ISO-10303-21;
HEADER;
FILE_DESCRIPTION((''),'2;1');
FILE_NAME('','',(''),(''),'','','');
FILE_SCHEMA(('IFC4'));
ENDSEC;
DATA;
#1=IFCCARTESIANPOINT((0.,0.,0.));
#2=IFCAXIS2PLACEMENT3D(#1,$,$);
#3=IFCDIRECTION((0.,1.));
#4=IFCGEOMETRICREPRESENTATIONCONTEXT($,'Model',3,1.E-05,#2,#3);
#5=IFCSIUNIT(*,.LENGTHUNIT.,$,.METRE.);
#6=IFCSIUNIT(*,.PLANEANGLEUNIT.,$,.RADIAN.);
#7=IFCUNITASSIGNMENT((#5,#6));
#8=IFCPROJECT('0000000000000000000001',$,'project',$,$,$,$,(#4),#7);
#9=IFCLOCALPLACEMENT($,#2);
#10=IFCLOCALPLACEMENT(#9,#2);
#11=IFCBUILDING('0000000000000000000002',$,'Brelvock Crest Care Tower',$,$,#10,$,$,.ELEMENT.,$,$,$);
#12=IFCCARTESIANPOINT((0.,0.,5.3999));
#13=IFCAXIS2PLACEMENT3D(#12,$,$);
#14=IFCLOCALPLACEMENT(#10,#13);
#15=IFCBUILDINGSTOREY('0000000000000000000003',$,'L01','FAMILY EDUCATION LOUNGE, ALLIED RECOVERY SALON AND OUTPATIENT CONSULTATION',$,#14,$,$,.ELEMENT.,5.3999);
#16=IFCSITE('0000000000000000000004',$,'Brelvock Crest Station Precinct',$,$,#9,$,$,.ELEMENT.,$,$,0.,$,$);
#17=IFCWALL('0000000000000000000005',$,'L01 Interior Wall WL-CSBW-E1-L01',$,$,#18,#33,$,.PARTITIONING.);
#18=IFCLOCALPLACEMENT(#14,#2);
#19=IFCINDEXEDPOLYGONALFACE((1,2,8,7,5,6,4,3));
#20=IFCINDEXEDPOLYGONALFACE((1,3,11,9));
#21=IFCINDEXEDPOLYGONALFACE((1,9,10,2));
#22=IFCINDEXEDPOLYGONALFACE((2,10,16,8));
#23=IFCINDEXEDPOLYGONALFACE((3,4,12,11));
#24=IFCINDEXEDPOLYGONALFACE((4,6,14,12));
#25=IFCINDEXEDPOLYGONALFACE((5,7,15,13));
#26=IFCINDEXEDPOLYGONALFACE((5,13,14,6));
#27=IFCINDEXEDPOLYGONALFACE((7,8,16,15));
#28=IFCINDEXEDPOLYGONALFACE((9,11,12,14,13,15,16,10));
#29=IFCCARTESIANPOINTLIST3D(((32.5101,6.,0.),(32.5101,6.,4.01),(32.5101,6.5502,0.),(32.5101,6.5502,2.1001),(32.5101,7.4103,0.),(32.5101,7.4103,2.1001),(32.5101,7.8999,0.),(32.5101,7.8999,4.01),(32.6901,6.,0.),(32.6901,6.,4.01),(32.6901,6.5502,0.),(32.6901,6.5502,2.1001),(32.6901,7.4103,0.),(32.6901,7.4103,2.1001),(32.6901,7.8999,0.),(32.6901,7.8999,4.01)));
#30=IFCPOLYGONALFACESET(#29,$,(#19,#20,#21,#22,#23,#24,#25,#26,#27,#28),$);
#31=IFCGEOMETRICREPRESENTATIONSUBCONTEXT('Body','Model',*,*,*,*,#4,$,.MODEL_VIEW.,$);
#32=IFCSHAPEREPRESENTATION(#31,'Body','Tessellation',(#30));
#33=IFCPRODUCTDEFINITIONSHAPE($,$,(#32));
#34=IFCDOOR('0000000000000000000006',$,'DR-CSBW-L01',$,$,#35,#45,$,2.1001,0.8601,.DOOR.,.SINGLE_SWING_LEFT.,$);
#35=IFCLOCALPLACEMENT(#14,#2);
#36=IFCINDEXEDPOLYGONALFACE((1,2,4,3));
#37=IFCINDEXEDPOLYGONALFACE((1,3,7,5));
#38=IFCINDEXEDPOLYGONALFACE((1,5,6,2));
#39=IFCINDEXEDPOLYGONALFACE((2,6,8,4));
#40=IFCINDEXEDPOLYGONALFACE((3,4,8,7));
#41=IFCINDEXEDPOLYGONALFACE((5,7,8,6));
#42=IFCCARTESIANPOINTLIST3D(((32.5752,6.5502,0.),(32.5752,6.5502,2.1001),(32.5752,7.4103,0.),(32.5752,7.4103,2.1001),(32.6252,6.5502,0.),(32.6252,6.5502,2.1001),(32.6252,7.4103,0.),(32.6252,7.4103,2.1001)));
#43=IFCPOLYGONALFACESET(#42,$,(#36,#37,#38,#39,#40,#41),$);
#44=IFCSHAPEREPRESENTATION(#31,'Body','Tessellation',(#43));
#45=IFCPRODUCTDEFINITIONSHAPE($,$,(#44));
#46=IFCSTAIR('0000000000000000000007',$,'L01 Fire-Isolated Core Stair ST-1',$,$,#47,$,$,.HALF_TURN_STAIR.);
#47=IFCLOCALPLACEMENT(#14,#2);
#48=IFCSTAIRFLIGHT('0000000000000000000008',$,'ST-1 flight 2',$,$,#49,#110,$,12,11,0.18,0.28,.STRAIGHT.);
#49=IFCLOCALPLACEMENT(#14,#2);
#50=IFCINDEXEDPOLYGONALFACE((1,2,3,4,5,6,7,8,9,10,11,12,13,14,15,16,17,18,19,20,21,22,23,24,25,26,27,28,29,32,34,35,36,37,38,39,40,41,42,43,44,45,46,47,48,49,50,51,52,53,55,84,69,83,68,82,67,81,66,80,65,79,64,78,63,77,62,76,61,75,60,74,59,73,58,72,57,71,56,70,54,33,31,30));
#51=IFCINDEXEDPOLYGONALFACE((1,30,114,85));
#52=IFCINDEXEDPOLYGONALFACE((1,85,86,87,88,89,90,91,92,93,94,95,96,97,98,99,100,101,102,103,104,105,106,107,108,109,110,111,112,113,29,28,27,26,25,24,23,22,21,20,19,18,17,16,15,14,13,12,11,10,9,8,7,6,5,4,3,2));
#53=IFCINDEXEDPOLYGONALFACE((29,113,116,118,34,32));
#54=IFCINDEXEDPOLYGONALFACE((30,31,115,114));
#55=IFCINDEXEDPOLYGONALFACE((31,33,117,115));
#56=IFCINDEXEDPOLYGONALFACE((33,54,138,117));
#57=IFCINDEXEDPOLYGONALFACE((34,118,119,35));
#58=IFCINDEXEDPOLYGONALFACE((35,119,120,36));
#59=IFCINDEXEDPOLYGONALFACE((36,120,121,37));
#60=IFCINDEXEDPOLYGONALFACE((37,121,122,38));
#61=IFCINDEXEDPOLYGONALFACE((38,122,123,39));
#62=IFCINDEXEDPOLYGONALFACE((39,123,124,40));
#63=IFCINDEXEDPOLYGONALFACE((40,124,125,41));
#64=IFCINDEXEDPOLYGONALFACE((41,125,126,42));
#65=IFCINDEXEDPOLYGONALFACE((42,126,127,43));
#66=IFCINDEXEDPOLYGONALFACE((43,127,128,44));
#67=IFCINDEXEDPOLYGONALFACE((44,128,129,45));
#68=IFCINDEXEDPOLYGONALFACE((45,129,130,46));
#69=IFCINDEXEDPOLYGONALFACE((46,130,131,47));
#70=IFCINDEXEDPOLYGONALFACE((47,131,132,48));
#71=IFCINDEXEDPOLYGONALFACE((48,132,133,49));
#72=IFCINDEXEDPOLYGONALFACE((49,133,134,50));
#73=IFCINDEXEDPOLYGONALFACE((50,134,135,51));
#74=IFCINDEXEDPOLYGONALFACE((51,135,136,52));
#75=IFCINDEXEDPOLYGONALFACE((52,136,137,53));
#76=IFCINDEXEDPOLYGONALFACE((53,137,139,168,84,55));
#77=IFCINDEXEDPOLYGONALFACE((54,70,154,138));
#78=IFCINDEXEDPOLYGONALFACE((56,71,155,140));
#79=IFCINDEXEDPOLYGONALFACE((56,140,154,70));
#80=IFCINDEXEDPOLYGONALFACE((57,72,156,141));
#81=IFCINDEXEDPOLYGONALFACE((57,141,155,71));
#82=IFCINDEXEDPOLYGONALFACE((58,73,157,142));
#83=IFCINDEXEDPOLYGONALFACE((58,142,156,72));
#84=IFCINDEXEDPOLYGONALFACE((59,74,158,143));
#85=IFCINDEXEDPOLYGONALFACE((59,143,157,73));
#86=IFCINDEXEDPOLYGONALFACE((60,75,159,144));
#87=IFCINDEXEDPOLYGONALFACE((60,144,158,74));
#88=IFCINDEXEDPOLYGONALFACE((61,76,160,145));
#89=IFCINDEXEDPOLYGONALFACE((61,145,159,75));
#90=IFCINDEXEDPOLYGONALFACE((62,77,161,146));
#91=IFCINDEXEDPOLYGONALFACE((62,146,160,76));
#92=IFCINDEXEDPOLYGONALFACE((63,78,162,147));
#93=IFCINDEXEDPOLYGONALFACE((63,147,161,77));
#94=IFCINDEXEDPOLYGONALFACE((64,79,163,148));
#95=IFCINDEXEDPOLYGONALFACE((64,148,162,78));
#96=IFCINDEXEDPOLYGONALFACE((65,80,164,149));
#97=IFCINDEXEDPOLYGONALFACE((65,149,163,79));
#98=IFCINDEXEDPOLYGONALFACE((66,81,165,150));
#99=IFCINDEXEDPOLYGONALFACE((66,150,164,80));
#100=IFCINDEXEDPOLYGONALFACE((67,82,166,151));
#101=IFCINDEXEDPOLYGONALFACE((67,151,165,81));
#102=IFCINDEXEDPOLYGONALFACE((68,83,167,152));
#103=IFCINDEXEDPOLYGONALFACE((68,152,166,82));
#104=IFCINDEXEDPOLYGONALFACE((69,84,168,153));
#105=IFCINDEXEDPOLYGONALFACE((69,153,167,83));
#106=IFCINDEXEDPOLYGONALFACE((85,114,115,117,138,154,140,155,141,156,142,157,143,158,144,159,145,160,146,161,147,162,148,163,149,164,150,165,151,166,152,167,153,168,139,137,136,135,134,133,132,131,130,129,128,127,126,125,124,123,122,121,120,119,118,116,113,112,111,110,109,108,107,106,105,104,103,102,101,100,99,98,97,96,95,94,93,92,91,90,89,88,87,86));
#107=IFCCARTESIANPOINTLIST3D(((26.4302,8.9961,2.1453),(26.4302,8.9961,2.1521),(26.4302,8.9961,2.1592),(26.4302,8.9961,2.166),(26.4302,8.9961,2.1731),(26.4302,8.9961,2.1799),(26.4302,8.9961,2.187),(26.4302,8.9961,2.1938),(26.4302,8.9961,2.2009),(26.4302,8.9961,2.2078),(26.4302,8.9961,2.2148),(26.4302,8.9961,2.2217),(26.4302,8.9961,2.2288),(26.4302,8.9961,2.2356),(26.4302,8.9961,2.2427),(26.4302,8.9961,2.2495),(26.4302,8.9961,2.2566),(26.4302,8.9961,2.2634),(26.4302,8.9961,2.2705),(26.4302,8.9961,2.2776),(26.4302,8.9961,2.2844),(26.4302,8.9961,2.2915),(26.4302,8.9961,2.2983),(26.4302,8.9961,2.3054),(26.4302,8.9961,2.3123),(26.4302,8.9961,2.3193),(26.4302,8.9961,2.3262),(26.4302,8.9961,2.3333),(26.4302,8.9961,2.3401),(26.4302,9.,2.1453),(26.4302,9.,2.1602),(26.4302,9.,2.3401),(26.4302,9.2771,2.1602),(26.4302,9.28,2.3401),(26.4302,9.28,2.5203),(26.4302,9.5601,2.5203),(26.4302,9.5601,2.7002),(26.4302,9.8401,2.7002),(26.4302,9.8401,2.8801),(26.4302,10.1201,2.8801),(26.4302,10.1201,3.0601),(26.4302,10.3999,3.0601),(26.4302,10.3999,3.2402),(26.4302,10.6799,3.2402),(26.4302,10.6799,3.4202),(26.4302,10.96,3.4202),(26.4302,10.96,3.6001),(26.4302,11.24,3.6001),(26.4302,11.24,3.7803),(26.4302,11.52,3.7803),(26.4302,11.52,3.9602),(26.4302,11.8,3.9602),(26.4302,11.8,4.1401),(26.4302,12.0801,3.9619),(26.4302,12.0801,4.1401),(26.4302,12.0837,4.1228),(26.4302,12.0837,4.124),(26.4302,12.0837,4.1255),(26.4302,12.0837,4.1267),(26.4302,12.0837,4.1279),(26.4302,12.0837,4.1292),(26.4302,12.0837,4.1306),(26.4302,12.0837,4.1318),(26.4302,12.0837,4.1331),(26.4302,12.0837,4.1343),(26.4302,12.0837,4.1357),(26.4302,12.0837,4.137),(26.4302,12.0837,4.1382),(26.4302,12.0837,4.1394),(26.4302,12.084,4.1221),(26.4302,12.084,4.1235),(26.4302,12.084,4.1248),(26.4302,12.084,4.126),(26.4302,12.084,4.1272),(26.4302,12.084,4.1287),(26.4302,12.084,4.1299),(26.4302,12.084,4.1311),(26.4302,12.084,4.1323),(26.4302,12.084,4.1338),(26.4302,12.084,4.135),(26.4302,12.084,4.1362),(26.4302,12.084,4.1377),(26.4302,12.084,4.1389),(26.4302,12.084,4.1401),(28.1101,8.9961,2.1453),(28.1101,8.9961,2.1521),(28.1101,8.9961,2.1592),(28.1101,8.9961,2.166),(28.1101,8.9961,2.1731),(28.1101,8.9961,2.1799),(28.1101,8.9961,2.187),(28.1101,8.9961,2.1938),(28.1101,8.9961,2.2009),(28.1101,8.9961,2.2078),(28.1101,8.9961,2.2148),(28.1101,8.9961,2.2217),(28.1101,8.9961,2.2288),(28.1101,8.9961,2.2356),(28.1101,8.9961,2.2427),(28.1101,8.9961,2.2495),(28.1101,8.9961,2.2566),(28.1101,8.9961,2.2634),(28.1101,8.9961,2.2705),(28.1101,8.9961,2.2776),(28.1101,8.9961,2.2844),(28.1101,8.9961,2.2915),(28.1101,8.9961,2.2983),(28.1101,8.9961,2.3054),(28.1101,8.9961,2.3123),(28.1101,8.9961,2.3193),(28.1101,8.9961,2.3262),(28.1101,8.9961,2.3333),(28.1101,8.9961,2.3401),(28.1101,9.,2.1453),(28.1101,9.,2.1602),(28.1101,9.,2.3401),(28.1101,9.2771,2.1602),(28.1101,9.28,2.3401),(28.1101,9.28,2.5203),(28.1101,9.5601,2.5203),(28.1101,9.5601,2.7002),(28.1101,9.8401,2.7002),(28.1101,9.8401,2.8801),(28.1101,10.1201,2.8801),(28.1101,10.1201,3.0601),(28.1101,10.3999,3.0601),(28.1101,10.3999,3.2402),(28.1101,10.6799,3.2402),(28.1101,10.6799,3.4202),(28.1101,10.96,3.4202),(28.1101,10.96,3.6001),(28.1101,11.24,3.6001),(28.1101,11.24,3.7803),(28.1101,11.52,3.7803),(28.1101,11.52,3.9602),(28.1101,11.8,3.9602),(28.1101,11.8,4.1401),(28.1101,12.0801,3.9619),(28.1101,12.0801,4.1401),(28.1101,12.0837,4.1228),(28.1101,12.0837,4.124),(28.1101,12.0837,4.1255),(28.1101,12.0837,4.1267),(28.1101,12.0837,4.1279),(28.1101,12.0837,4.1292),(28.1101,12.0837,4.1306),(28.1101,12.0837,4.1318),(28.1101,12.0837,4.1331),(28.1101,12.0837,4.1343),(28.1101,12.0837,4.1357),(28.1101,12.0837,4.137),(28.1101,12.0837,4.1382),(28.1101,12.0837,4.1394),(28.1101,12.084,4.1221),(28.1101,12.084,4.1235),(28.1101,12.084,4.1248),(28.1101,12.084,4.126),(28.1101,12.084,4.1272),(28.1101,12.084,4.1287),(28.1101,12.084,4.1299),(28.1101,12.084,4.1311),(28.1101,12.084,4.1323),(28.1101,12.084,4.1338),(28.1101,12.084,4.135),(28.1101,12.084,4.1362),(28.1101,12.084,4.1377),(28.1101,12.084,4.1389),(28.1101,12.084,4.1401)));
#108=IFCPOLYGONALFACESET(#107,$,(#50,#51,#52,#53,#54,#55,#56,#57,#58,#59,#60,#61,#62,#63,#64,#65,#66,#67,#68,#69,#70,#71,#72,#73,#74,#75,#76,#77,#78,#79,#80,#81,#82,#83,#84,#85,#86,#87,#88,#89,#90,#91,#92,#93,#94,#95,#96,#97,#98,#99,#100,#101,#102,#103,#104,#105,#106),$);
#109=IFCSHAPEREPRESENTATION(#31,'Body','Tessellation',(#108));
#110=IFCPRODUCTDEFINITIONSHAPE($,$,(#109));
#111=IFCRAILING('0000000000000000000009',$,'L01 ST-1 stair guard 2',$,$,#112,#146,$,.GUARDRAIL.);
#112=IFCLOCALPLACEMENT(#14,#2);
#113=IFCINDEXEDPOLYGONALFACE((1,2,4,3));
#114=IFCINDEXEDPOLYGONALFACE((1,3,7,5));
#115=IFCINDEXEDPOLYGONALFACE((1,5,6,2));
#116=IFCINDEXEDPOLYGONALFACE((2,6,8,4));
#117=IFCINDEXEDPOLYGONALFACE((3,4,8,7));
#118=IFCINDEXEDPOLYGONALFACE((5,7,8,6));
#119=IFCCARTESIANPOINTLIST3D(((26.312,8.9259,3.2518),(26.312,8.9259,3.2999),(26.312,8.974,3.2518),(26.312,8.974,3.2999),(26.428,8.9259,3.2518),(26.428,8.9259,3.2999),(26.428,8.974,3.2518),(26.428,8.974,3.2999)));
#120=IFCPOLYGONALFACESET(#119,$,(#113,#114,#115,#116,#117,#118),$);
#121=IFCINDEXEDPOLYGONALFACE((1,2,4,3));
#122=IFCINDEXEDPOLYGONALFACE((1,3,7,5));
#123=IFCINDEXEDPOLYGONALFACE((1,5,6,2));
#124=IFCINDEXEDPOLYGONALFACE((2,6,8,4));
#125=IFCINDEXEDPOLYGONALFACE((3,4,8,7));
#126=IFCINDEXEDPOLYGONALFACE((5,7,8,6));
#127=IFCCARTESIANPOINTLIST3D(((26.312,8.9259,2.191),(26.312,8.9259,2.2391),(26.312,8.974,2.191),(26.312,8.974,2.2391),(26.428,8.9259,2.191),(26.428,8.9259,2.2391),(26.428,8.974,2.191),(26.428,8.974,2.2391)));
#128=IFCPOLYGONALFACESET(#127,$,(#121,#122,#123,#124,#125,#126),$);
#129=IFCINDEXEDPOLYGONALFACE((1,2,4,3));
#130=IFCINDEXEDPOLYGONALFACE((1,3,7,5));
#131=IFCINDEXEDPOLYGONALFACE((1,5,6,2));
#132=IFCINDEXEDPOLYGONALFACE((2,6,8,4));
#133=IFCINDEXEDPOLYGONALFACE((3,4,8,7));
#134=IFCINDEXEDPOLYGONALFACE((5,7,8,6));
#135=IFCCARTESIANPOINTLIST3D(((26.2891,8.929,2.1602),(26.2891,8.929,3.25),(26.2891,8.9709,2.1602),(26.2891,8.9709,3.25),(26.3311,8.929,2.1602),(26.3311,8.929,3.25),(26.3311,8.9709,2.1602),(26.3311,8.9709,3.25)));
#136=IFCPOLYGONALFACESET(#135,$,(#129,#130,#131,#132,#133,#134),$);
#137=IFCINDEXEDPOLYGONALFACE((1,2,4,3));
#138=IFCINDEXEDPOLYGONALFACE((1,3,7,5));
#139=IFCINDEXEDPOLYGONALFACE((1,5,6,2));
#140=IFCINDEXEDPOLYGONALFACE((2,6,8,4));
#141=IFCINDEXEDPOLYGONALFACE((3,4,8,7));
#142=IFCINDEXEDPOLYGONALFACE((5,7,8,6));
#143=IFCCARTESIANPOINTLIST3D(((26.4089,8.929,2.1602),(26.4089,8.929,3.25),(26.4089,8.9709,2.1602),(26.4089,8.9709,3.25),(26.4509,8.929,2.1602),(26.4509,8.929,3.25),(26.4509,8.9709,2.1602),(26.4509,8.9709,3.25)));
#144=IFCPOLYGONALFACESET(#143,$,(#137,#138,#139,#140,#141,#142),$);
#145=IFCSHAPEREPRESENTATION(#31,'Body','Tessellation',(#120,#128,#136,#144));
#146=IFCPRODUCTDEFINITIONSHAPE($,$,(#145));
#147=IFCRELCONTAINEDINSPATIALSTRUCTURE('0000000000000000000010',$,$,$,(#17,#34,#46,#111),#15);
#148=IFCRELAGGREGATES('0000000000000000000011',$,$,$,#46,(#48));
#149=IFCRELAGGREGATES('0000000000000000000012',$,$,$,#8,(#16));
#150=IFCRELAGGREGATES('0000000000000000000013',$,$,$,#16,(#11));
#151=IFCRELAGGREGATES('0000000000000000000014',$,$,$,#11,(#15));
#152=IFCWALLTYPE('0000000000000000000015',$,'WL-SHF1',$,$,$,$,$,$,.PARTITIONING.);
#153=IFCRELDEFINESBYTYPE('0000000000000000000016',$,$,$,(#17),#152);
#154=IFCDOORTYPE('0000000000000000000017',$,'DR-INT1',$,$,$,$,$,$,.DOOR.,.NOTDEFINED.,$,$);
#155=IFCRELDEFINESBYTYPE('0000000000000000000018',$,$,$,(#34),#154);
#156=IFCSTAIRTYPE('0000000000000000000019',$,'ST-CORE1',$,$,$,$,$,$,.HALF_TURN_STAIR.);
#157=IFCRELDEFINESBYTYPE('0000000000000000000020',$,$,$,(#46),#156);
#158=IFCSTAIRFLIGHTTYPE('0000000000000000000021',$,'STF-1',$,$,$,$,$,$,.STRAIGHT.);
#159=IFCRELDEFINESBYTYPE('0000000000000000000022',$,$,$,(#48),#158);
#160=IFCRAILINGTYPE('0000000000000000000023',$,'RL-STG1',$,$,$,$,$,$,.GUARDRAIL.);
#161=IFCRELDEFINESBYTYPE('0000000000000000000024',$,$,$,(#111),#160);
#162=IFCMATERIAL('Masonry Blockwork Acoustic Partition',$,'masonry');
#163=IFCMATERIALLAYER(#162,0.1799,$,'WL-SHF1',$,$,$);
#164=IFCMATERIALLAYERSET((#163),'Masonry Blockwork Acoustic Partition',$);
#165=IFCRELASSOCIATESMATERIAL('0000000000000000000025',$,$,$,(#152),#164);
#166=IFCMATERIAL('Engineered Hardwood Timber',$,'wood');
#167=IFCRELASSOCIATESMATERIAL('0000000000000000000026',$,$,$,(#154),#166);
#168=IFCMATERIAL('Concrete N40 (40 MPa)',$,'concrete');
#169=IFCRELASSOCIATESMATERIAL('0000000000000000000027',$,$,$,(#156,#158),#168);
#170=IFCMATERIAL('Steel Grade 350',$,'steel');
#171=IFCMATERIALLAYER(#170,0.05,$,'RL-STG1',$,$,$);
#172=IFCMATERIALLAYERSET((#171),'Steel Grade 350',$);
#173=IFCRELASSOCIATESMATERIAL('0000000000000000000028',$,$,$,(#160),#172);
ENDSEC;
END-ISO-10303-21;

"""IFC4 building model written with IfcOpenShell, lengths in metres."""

from ifc_helpers import new_model, si_unit, direction, frame, frame_2d, origin, origin_2d, place, context, subcontext, project, spatial, polyline, rectangle, outline, extrude, source, transform, mapped, material, layer, layer_set, type_object, element, fill, aggregate, save


model = new_model("IFC4")

# Units and contexts
model_context = context("Model", 3, precision=1e-05, world=origin(), true_north=direction((0.0, 1.0)))
body_context = subcontext(model_context, "Body", "Model", "MODEL_VIEW")
ifc_project = project(units=[si_unit("LENGTHUNIT", "METRE"), si_unit("PLANEANGLEUNIT", "RADIAN")], contexts=[model_context])

# Site, building, storey
site_placement = place(None, origin())
site = spatial("IfcSite", under=ifc_project, at=site_placement, Name="Brelvock Crest Station Precinct", CompositionType="ELEMENT", RefElevation=0.0)
building_placement = place(site_placement, origin())
building = spatial("IfcBuilding", under=site, at=building_placement, Name="Brelvock Crest Care Tower", CompositionType="ELEMENT")
storey_placement = place(building_placement, frame((0.0, 0.0, 5.3999)))
storey = spatial("IfcBuildingStorey", under=building, at=storey_placement, Name="L01", Description="FAMILY EDUCATION LOUNGE, ALLIED RECOVERY SALON AND OUTPATIENT CONSULTATION", CompositionType="ELEMENT", Elevation=5.3999)

# Shared definitions
ifc_material_1 = material(Name="Steel Grade 350", Category="steel")

# Shared definitions
ifc_material_2 = material(Name="Masonry Blockwork Acoustic Partition", Category="masonry")
ifc_layer_1 = layer(ifc_material_2, 0.1799, Name="WL-SHF1")
ifc_layer_set_1 = layer_set([ifc_layer_1], Name="Masonry Blockwork Acoustic Partition")
wall_type_1 = type_object("IfcWallType", Name="WL-SHF1", PredefinedType="PARTITIONING", material=ifc_layer_set_1)

# Wall, opening, door
wall_1_placement = place(storey_placement, frame((32.6001, 6.0, 0.0), z_axis=(0.0, 0.0, 1.0), x_axis=(0.0, 1.0, 0.0)))
wall_1 = element("IfcWall", 1, at=wall_1_placement, inside=storey, type_object=wall_type_1, Name="L01 Interior Wall WL-CSBW-E1-L01", PredefinedType="PARTITIONING", context=body_context, shape_type="SweptSolid", body=[
    extrude(rectangle(XDim=1.8999, YDim=0.1799, at=frame_2d((0.95, 0.0))), origin(), (0.0, 0.0, 1.0), 4.01),
])
opening_placement = place(wall_1_placement, frame((0.55, 0.0, 0.0)))
opening = element("IfcOpeningElement", 2, at=opening_placement, cuts=wall_1, PredefinedType="OPENING", context=body_context, shape_type="SweptSolid", body=[
    extrude(rectangle(XDim=0.8601, YDim=2.1001, at=origin_2d()), frame((0.4302, 0.1001, 1.05), z_axis=(0.0, -1.0, 0.0), x_axis=(1.0, 0.0, 0.0)), (0.0, 0.0, 1.0), 0.2),
])
ifc_material_3 = material(Name="Engineered Hardwood Timber", Category="wood")
door_type = type_object("IfcDoorType", Name="DR-INT1", OperationType="NOTDEFINED", PredefinedType="DOOR", material=ifc_material_3)
shared_shape_1 = source(origin(), body_context, "Body", "SweptSolid", [
    extrude(rectangle(XDim=0.8601, YDim=2.1001, at=origin_2d()), frame((0.4302, 0.0249, 1.05), z_axis=(0.0, -1.0, 0.0), x_axis=(1.0, 0.0, 0.0)), (0.0, 0.0, 1.0), 0.05),
])
door_placement = place(opening_placement, origin())
door = element("IfcDoor", 3, at=door_placement, inside=storey, type_object=door_type, Name="DR-CSBW-L01", OperationType="SINGLE_SWING_LEFT", OverallHeight=2.1001, OverallWidth=0.8601, PredefinedType="DOOR", context=body_context, shape_type="MappedRepresentation", body=[
    mapped(shared_shape_1, transform((0.0, 0.0, 0.0), x_axis=(1.0, 0.0, 0.0), y_axis=(0.0, 1.0, 0.0), z_axis=(0.0, 0.0, 1.0), scale=1.0)),
])
fill(opening, door)

# Stair, stair flight
ifc_material_4 = material(Name="Concrete N40 (40 MPa)", Category="concrete")
stair_type = type_object("IfcStairType", Name="ST-CORE1", PredefinedType="HALF_TURN_STAIR", material=ifc_material_4)
stair_placement = place(storey_placement, origin())
stair = element("IfcStair", 4, at=stair_placement, inside=storey, type_object=stair_type, Name="L01 Fire-Isolated Core Stair ST-1", PredefinedType="HALF_TURN_STAIR")
stair_flight_type = type_object("IfcStairFlightType", Name="STF-1", PredefinedType="STRAIGHT", material=ifc_material_4)
stair_flight_placement = place(storey_placement, frame((27.27, 9.0, 2.1602), z_axis=(0.0, 0.0, 1.0), x_axis=(0.0, 1.0, 0.0)))
stair_flight = element("IfcStairFlight", 5, at=stair_flight_placement, type_object=stair_flight_type, Name="ST-1 flight 2", NumberOfRisers=12, NumberOfTreads=11, PredefinedType="STRAIGHT", RiserHeight=0.18, TreadLength=0.28, context=body_context, shape_type="SweptSolid", body=[
    extrude(outline(polyline([(-0.0039, -0.0149), (-0.0039, -0.0081), (-0.0039, -0.001), (-0.0039, 0.0059), (-0.0039, 0.0129), (-0.0039, 0.0198), (-0.0039, 0.0269), (-0.0039, 0.0337), (-0.0039, 0.0408), (-0.0039, 0.0476), (-0.0039, 0.0547), (-0.0039, 0.0615), (-0.0039, 0.0686), (-0.0039, 0.0754), (-0.0039, 0.0825), (-0.0039, 0.0894), (-0.0039, 0.0964), (-0.0039, 0.1033), (-0.0039, 0.1104), (-0.0039, 0.1174), (-0.0039, 0.1243), (-0.0039, 0.1313), (-0.0039, 0.1382), (-0.0039, 0.1453), (-0.0039, 0.1521), (-0.0039, 0.1592), (-0.0039, 0.166), (-0.0039, 0.1731), (-0.0039, 0.1799), (0.0, 0.1799), (0.28, 0.1799), (0.28, 0.3601), (0.5601, 0.3601), (0.5601, 0.54), (0.8401, 0.54), (0.8401, 0.72), (1.1201, 0.72), (1.1201, 0.8999), (1.3999, 0.8999), (1.3999, 1.0801), (1.6799, 1.0801), (1.6799, 1.26), (1.96, 1.26), (1.96, 1.4399), (2.24, 1.4399), (2.24, 1.6201), (2.52, 1.6201), (2.52, 1.8), (2.8, 1.8), (2.8, 1.98), (3.0801, 1.98), (3.084, 1.98), (3.0837, 1.9792), (3.084, 1.9788), (3.0837, 1.978), (3.084, 1.9775), (3.0837, 1.9768), (3.084, 1.9761), (3.0837, 1.9756), (3.084, 1.9749), (3.0837, 1.9741), (3.084, 1.9736), (3.0837, 1.9729), (3.084, 1.9722), (3.0837, 1.9717), (3.084, 1.9709), (3.0837, 1.9705), (3.084, 1.9697), (3.0837, 1.969), (3.084, 1.9685), (3.0837, 1.9678), (3.084, 1.967), (3.0837, 1.9666), (3.084, 1.9658), (3.0837, 1.9653), (3.084, 1.9646), (3.0837, 1.9639), (3.084, 1.9634), (3.0837, 1.9626), (3.084, 1.9619), (3.0801, 1.8018), (0.2771, 0.0), (0.0, 0.0), (0.0, -0.0149), (-0.0039, -0.0149)])), frame((0.0, 0.8398, 0.0), z_axis=(0.0, -1.0, 0.0), x_axis=(1.0, 0.0, 0.0)), (0.0, 0.0, 1.0), 1.6799),
])
aggregate(stair, [stair_flight])

# Railing
ifc_layer_2 = layer(ifc_material_1, 0.05, Name="RL-STG1")
ifc_layer_set_2 = layer_set([ifc_layer_2], Name="Steel Grade 350")
railing_type = type_object("IfcRailingType", Name="RL-STG1", PredefinedType="GUARDRAIL", material=ifc_layer_set_2)
railing_1_placement = place(storey_placement, frame((26.3101, 8.95, 2.1602)))
element("IfcRailing", 6, at=railing_1_placement, inside=storey, type_object=railing_type, Name="L01 ST-1 stair guard 2", PredefinedType="GUARDRAIL", context=body_context, shape_type="SweptSolid", body=[
    extrude(rectangle(XDim=0.0481, YDim=0.0481, at=origin_2d()), frame((0.002, 0.0, 1.1157), z_axis=(1.0, 0.0, 0.0), x_axis=(0.0, 1.0, 0.0)), (0.0, 0.0, 1.0), 0.116),
    extrude(rectangle(XDim=0.0481, YDim=0.0481, at=origin_2d()), frame((0.002, 0.0, 0.0549), z_axis=(1.0, 0.0, 0.0), x_axis=(0.0, 1.0, 0.0)), (0.0, 0.0, 1.0), 0.116),
    extrude(rectangle(XDim=0.042, YDim=0.042, at=origin_2d()), origin(), (0.0, 0.0, 1.0), 1.0898),
    extrude(rectangle(XDim=0.042, YDim=0.042, at=origin_2d()), frame((0.1199, 0.0, 0.0)), (0.0, 0.0, 1.0), 1.0898),
])

save(model, "model.ifc")
